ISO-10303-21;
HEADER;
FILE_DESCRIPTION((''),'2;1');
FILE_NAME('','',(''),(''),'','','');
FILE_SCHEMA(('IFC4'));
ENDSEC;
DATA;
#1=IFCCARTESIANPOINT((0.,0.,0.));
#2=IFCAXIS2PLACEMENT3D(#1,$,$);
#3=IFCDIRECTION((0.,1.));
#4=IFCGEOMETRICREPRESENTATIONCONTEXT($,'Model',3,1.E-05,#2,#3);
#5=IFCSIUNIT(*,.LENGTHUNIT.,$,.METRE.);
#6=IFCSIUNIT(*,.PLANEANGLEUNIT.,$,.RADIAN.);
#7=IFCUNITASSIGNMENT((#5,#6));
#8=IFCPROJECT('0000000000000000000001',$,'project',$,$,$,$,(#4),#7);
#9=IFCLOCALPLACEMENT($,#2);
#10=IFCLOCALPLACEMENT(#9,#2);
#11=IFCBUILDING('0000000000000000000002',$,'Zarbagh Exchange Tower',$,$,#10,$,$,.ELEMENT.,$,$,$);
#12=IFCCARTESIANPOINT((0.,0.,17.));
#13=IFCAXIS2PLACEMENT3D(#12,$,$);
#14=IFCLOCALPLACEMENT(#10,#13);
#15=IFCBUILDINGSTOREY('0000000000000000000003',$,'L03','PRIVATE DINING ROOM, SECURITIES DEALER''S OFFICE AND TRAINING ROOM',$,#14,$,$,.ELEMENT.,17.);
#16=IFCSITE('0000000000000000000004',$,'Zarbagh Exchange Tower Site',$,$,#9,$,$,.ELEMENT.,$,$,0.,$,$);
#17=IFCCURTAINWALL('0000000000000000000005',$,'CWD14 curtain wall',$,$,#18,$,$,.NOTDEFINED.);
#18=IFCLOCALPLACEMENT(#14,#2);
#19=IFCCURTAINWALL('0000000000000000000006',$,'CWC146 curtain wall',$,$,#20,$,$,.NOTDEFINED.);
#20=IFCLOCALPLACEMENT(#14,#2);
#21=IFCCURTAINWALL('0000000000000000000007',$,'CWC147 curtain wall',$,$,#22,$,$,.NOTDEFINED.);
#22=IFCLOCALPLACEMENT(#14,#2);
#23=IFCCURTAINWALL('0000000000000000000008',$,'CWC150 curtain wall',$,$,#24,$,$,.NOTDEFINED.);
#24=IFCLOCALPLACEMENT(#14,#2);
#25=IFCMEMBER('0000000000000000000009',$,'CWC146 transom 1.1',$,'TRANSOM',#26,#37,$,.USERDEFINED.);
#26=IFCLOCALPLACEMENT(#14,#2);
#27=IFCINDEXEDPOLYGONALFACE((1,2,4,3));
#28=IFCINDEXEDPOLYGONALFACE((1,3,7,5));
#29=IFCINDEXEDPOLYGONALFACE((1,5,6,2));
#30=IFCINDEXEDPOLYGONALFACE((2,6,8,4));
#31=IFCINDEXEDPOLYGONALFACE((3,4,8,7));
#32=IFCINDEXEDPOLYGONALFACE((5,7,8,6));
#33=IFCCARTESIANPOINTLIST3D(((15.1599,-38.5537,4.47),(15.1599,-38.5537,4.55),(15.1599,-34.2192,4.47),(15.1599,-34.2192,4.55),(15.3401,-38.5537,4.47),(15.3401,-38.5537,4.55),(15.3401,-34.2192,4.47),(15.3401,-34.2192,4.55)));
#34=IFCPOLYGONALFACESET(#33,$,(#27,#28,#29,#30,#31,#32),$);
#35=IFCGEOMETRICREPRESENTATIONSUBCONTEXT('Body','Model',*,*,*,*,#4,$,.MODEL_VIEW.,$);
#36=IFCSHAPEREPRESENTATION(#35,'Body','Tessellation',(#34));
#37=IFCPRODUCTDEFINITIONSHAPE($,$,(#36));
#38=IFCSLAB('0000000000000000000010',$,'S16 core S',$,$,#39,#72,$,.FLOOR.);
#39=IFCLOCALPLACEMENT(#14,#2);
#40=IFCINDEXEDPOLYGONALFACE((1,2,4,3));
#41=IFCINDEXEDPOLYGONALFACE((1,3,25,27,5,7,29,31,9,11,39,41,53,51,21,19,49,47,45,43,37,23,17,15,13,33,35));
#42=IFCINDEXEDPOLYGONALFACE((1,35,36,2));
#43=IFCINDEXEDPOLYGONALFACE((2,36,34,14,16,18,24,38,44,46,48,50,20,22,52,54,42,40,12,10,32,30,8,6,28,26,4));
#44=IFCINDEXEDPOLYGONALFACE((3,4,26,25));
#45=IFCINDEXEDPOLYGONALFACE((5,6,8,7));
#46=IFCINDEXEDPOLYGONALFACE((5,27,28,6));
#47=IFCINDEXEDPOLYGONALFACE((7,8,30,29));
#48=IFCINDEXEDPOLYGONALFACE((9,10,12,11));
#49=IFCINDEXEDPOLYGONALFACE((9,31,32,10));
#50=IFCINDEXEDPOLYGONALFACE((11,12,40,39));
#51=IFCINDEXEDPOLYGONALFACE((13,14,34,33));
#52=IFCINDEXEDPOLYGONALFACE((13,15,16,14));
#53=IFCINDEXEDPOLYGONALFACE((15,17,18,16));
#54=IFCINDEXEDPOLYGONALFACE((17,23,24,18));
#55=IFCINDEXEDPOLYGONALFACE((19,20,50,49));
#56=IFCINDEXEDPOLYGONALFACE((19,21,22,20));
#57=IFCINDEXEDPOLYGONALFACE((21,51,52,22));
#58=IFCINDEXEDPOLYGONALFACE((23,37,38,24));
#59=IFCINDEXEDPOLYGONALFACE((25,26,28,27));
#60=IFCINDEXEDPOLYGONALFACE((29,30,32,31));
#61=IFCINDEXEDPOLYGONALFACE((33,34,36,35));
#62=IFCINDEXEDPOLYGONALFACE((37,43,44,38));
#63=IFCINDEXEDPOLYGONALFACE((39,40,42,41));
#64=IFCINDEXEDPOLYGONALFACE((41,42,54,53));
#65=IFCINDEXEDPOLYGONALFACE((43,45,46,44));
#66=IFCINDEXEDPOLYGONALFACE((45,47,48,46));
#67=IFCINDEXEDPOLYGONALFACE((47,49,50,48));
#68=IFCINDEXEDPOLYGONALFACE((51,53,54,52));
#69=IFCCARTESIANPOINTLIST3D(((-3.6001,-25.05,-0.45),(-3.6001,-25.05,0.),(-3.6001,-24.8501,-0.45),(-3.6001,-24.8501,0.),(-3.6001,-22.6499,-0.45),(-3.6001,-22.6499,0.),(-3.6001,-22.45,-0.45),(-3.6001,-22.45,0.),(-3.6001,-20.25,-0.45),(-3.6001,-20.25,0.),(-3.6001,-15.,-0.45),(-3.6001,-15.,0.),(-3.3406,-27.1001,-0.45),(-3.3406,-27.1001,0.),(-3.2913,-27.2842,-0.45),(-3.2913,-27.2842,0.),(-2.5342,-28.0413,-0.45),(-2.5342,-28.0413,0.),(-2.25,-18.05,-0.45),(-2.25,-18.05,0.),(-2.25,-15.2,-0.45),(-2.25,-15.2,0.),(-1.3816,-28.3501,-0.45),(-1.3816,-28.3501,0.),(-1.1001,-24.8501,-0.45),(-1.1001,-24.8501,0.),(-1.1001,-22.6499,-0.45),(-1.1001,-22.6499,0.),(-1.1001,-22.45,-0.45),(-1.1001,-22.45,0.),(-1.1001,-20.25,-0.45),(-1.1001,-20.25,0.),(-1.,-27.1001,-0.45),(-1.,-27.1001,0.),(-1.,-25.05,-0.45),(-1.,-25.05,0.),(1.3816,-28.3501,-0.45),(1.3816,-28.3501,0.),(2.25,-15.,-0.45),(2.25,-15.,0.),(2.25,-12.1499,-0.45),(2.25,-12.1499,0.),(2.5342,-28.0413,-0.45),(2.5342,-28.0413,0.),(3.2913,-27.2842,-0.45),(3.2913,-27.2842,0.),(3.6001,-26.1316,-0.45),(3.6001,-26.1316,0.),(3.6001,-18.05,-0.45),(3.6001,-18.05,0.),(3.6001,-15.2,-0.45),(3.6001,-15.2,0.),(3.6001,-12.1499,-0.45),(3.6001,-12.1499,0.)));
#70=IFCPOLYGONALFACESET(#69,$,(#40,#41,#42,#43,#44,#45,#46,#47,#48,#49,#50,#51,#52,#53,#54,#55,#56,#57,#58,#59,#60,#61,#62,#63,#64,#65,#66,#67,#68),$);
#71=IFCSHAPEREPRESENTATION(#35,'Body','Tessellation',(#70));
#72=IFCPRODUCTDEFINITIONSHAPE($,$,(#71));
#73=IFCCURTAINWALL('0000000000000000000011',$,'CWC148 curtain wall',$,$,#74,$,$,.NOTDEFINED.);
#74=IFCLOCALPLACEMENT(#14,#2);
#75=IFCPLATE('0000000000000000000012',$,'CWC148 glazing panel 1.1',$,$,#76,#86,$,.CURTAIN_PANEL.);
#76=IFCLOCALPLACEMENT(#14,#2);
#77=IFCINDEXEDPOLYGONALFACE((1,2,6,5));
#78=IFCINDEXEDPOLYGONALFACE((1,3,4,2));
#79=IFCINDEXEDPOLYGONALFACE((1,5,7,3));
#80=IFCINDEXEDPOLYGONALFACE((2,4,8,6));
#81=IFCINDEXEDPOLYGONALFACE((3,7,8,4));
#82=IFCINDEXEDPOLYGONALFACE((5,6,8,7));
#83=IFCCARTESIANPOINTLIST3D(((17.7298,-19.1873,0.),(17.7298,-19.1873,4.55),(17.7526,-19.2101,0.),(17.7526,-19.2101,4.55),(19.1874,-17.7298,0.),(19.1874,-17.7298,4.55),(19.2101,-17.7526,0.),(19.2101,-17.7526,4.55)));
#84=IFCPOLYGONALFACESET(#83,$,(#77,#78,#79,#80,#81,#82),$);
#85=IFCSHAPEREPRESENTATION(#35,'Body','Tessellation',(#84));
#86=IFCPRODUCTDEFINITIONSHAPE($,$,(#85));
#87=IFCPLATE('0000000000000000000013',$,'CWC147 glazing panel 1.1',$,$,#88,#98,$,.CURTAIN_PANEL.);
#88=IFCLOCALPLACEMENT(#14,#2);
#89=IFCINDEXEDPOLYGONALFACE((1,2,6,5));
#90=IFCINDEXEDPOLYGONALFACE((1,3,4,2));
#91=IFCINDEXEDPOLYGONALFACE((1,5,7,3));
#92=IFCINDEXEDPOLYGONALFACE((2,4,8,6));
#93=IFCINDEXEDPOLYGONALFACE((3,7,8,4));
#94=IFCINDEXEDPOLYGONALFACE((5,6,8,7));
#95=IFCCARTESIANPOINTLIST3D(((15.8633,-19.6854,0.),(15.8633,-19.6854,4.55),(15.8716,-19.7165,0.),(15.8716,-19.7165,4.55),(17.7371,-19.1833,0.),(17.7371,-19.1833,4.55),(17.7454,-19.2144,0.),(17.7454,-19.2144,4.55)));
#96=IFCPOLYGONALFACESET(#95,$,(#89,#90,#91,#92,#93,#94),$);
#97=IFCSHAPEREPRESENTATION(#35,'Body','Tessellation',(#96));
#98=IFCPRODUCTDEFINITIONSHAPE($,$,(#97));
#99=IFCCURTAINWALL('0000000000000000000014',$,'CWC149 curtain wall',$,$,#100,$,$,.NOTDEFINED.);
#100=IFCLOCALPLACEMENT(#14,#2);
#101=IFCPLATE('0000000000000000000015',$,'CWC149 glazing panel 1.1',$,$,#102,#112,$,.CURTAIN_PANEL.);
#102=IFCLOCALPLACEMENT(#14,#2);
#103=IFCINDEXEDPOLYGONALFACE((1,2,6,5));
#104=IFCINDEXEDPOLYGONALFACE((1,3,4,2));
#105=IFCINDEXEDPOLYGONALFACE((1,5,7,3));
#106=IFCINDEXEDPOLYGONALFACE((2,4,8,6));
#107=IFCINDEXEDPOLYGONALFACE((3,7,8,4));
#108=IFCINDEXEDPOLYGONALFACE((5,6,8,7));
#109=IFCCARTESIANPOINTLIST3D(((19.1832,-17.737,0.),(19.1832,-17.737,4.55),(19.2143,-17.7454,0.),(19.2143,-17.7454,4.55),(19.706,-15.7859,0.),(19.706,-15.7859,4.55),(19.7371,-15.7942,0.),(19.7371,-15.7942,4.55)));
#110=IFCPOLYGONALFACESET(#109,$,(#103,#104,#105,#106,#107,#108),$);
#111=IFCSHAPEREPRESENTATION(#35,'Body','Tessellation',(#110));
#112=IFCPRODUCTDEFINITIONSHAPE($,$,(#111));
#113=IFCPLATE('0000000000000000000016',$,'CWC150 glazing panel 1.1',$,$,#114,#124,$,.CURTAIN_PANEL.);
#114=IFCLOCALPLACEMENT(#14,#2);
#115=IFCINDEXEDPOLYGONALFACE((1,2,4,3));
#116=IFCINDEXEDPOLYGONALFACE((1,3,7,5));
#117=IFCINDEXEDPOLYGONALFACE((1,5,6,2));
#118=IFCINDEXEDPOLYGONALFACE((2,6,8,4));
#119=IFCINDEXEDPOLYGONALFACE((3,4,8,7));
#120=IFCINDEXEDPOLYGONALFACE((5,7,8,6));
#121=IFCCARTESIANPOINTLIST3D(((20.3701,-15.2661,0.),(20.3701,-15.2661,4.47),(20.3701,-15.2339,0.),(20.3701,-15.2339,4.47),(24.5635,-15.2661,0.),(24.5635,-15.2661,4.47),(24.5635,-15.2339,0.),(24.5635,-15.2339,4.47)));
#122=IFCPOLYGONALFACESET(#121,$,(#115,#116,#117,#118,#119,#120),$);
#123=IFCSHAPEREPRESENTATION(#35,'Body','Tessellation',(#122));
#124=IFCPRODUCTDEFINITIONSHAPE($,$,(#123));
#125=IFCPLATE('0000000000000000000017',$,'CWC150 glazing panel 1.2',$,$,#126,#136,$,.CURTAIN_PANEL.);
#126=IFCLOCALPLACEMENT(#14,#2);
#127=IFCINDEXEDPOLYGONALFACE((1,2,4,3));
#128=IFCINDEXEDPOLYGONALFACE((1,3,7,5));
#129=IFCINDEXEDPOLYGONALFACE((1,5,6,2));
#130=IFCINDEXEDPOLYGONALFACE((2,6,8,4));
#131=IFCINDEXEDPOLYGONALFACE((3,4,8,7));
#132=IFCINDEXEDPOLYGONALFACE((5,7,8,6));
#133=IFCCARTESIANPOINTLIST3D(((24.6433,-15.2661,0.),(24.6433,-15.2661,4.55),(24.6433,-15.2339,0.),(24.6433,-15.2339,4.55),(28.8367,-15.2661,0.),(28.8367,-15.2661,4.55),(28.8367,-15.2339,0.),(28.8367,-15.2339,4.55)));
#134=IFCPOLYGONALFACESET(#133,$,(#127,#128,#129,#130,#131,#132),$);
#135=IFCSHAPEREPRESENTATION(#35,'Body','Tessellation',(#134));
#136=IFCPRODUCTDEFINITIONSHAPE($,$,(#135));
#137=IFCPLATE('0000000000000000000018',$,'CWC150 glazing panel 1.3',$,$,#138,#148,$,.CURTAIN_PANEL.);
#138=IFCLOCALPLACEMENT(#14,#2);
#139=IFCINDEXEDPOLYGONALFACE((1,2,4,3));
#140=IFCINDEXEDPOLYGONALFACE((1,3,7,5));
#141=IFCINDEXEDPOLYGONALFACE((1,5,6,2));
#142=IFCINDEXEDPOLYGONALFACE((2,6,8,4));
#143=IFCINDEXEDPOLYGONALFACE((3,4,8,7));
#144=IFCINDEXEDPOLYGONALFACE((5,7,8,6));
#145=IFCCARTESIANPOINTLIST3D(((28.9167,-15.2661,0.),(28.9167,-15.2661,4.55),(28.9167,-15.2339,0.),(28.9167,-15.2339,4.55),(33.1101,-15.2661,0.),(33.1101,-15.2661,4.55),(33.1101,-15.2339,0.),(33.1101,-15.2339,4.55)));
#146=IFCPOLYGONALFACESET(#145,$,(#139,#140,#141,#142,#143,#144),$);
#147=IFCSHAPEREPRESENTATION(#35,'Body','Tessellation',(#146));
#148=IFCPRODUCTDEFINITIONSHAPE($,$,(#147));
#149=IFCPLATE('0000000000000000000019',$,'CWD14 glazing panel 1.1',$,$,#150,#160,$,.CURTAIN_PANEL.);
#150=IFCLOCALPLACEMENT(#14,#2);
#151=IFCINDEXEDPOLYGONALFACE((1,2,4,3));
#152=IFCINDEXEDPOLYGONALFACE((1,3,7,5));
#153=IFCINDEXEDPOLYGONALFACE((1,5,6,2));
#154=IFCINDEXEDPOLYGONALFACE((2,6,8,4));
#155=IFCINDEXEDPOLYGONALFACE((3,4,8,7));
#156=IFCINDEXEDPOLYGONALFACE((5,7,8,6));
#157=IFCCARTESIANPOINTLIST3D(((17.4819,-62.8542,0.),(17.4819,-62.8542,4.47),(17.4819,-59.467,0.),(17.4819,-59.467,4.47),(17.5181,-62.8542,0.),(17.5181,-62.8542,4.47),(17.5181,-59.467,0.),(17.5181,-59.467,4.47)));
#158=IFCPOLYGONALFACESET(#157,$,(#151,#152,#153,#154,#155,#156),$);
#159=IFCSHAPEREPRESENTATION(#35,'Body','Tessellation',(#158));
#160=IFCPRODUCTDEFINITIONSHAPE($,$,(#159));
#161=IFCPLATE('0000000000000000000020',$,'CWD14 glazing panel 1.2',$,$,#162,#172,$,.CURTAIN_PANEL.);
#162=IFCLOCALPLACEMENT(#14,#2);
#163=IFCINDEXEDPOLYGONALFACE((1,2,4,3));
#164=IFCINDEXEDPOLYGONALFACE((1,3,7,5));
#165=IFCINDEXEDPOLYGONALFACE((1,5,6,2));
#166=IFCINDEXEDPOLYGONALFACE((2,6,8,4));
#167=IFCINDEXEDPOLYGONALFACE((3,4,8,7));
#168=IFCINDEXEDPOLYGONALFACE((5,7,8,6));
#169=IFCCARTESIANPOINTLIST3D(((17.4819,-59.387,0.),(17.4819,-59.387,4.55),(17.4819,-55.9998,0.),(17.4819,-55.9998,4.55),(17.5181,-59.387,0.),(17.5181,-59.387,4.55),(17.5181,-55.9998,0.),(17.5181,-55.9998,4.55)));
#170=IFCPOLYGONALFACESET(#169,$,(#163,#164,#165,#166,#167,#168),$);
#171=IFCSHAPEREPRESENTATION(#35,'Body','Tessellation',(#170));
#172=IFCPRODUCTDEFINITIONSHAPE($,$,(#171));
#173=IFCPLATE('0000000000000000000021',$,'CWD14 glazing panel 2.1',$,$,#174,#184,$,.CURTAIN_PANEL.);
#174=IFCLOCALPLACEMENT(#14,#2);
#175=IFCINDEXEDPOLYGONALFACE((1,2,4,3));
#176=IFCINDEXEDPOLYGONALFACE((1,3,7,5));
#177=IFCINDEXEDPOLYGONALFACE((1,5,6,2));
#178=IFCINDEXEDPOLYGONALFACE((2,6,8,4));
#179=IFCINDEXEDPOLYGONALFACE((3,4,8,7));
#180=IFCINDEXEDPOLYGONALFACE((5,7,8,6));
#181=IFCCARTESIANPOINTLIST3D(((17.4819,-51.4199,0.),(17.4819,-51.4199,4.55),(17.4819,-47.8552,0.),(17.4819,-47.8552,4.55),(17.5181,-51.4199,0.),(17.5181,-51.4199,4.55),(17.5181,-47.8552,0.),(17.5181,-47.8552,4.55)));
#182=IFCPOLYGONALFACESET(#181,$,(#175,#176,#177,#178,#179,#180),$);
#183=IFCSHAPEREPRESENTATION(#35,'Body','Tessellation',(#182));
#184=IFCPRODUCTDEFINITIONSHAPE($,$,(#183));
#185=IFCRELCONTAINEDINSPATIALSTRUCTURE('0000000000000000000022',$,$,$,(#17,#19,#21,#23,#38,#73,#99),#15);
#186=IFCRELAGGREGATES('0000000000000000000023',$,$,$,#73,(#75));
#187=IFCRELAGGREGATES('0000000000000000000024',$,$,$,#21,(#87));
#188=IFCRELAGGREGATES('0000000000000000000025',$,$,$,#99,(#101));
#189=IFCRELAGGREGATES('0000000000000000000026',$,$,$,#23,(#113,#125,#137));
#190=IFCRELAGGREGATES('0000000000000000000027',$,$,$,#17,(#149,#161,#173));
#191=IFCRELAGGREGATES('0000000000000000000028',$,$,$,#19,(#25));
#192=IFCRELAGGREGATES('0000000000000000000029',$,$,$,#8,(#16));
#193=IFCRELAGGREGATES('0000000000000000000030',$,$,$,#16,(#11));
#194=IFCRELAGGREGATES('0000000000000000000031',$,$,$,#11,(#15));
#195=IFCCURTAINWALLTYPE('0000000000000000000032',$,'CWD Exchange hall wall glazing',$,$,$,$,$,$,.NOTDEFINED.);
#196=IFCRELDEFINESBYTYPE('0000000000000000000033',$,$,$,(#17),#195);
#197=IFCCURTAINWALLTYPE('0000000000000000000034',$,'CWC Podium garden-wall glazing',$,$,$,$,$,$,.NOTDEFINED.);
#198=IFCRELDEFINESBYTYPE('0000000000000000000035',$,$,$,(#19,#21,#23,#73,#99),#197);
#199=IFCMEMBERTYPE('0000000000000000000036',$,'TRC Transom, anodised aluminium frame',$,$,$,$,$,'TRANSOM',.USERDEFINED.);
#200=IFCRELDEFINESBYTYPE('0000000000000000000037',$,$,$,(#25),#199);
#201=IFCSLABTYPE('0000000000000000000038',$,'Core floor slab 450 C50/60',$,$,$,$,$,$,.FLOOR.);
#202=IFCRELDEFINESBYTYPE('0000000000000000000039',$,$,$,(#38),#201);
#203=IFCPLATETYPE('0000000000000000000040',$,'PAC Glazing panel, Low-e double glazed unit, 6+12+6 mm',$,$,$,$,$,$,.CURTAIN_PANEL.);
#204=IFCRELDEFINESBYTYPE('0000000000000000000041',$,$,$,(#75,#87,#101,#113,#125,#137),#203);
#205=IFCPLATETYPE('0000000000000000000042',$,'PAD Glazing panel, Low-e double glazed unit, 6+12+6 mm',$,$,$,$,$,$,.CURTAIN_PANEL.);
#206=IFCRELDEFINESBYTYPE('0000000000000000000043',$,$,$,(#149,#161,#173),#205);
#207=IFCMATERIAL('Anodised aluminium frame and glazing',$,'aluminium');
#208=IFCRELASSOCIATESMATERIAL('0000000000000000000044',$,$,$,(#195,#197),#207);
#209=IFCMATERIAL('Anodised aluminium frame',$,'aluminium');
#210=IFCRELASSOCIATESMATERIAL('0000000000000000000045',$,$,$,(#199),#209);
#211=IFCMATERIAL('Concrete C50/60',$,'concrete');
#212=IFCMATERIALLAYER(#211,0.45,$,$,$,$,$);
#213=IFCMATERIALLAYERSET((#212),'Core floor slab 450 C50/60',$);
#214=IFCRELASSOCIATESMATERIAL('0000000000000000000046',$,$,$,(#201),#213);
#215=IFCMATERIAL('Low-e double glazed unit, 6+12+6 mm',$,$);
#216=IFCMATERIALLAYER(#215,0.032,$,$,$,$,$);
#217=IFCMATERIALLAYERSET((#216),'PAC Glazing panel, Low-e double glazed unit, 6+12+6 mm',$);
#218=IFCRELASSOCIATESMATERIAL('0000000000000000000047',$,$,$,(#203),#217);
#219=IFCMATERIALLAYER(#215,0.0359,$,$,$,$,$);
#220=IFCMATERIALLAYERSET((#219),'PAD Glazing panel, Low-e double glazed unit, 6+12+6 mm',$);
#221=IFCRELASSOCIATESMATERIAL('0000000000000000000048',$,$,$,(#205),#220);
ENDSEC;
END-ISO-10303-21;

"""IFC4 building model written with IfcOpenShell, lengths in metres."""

from ifc_helpers import new_model, si_unit, direction, frame, origin, place, context, subcontext, project, spatial, polyline, outline, extrude, source, transform, mapped, material, layer, layer_set, type_object, element, aggregate, save


model = new_model("IFC4")

# Units and contexts
model_context = context("Model", 3, precision=1e-05, world=origin(), true_north=direction((0.0, 1.0)))
body_context = subcontext(model_context, "Body", "Model", "MODEL_VIEW")
ifc_project = project(units=[si_unit("LENGTHUNIT", "METRE"), si_unit("PLANEANGLEUNIT", "RADIAN")], contexts=[model_context])

# Site, building, storey
site_placement = place(None, origin())
site = spatial("IfcSite", under=ifc_project, at=site_placement, Name="Zarbagh Exchange Tower Site", CompositionType="ELEMENT", RefElevation=0.0)
building_placement = place(site_placement, origin())
building = spatial("IfcBuilding", under=site, at=building_placement, Name="Zarbagh Exchange Tower", CompositionType="ELEMENT")
storey_placement = place(building_placement, frame((0.0, 0.0, 17.0)))
storey = spatial("IfcBuildingStorey", under=building, at=storey_placement, Name="L03", Description="PRIVATE DINING ROOM, SECURITIES DEALER'S OFFICE AND TRAINING ROOM", CompositionType="ELEMENT", Elevation=17.0)

# Curtain wall
ifc_material_1 = material(Name="Anodised aluminium frame and glazing", Category="aluminium")
curtain_wall_type_1 = type_object("IfcCurtainWallType", Name="CWD Exchange hall wall glazing", PredefinedType="NOTDEFINED", material=ifc_material_1)
curtain_wall_1_placement = place(storey_placement, origin())
curtain_wall_1 = element("IfcCurtainWall", 1, at=curtain_wall_1_placement, inside=storey, type_object=curtain_wall_type_1, Name="CWD14 curtain wall", PredefinedType="NOTDEFINED")
ifc_material_2 = material(Name="Anodised aluminium frame", Category="aluminium")
placement = place(storey_placement, origin())

# Curtain wall
curtain_wall_type_2 = type_object("IfcCurtainWallType", Name="CWC Podium garden-wall glazing", PredefinedType="NOTDEFINED", material=ifc_material_1)
curtain_wall_2_placement = place(storey_placement, origin())
curtain_wall_2 = element("IfcCurtainWall", 2, at=curtain_wall_2_placement, inside=storey, type_object=curtain_wall_type_2, Name="CWC146 curtain wall", PredefinedType="NOTDEFINED")

# Curtain wall
curtain_wall_3_placement = place(storey_placement, origin())
curtain_wall_3 = element("IfcCurtainWall", 3, at=curtain_wall_3_placement, inside=storey, type_object=curtain_wall_type_2, Name="CWC147 curtain wall", PredefinedType="NOTDEFINED")

# Curtain wall
curtain_wall_4_placement = place(storey_placement, origin())
curtain_wall_4 = element("IfcCurtainWall", 4, at=curtain_wall_4_placement, inside=storey, type_object=curtain_wall_type_2, Name="CWC150 curtain wall", PredefinedType="NOTDEFINED")
member_type_1 = type_object("IfcMemberType", Name="TRC Transom, anodised aluminium frame", ElementType="TRANSOM", PredefinedType="USERDEFINED", material=ifc_material_2)

# Member
shared_shape_1 = source(origin(), body_context, "Body", "SweptSolid", [
    extrude(outline(polyline([(-0.0801, -0.0901), (0.0, -0.0901), (0.0, 0.0901), (-0.0801, 0.0901), (-0.0801, -0.0901)])), origin(), (0.0, 0.0, 1.0), 4.3345),
])
member_1 = element("IfcMember", 5, at=placement, type_object=member_type_1, Name="CWC146 transom 1.1", ObjectType="TRANSOM", PredefinedType="USERDEFINED", context=body_context, shape_type="MappedRepresentation", body=[
    mapped(shared_shape_1, transform((15.25, -38.5537, 4.55), x_axis=(0.0, 0.0, 1.0), y_axis=(1.0, 0.0, 0.0), z_axis=(0.0, 1.0, 0.0))),
])

# Slab
ifc_material_3 = material(Name="Concrete C50/60", Category="concrete")
ifc_layer_1 = layer(ifc_material_3, 0.45)
ifc_layer_set_1 = layer_set([ifc_layer_1], Name="Core floor slab 450 C50/60")
slab_type = type_object("IfcSlabType", Name="Core floor slab 450 C50/60", PredefinedType="FLOOR", material=ifc_layer_set_1)
slab_placement = place(storey_placement, frame((0.0, 0.0, -0.45)))
element("IfcSlab", 6, at=slab_placement, inside=storey, type_object=slab_type, Name="S16 core S", PredefinedType="FLOOR", context=body_context, shape_type="SweptSolid", body=[
    extrude(outline(polyline([(-2.5342, -28.0413), (-3.2913, -27.2842), (-3.3406, -27.1001), (-1.0, -27.1001), (-1.0, -25.05), (-3.6001, -25.05), (-3.6001, -24.8501), (-1.1001, -24.8501), (-1.1001, -22.6499), (-3.6001, -22.6499), (-3.6001, -22.45), (-1.1001, -22.45), (-1.1001, -20.25), (-3.6001, -20.25), (-3.6001, -15.0), (2.25, -15.0), (2.25, -12.1499), (3.6001, -12.1499), (3.6001, -15.2), (-2.25, -15.2), (-2.25, -18.05), (3.6001, -18.05), (3.6001, -26.1316), (3.2913, -27.2842), (2.5342, -28.0413), (1.3816, -28.3501), (-1.3816, -28.3501), (-2.5342, -28.0413)])), origin(), (0.0, 0.0, 1.0), 0.45),
])

# Curtain wall, plate
curtain_wall_5_placement = place(storey_placement, origin())
curtain_wall_5 = element("IfcCurtainWall", 7, at=curtain_wall_5_placement, inside=storey, type_object=curtain_wall_type_2, Name="CWC148 curtain wall", PredefinedType="NOTDEFINED")
ifc_material_4 = material(Name="Low-e double glazed unit, 6+12+6 mm")
ifc_layer_2 = layer(ifc_material_4, 0.032)
ifc_layer_set_2 = layer_set([ifc_layer_2], Name="PAC Glazing panel, Low-e double glazed unit, 6+12+6 mm")
plate_type_1 = type_object("IfcPlateType", Name="PAC Glazing panel, Low-e double glazed unit, 6+12+6 mm", PredefinedType="CURTAIN_PANEL", material=ifc_layer_set_2)
shared_shape_2 = source(origin(), body_context, "Body", "SweptSolid", [
    extrude(outline(polyline([(0.0, -0.0161), (2.0613, -0.0161), (2.0613, 0.0161), (0.0, 0.0161), (0.0, -0.0161)])), origin(), (0.0, 0.0, 1.0), 4.55),
])
plate_1 = element("IfcPlate", 8, at=placement, type_object=plate_type_1, Name="CWC148 glazing panel 1.1", PredefinedType="CURTAIN_PANEL", context=body_context, shape_type="MappedRepresentation", body=[
    mapped(shared_shape_2, transform((17.7412, -19.1987, 0.0), x_axis=(0.707107, 0.707107, 0.0), y_axis=(-0.707107, 0.707107, 0.0), z_axis=(0.0, 0.0, 1.0))),
])
aggregate(curtain_wall_5, [plate_1])

# Plate
shared_shape_3 = source(origin(), body_context, "Body", "SweptSolid", [
    extrude(outline(polyline([(0.0, -0.0161), (1.9399, -0.0161), (1.9399, 0.0161), (0.0, 0.0161), (0.0, -0.0161)])), origin(), (0.0, 0.0, 1.0), 4.55),
])
plate_2 = element("IfcPlate", 9, at=placement, type_object=plate_type_1, Name="CWC147 glazing panel 1.1", PredefinedType="CURTAIN_PANEL", context=body_context, shape_type="MappedRepresentation", body=[
    mapped(shared_shape_3, transform((15.8674, -19.7009, 0.0), x_axis=(0.965924, 0.258825, 0.0), y_axis=(-0.258825, 0.965924, 0.0), z_axis=(0.0, 0.0, 1.0))),
])
aggregate(curtain_wall_3, [plate_2])

# Curtain wall, plate
curtain_wall_6_placement = place(storey_placement, origin())
curtain_wall_6 = element("IfcCurtainWall", 10, at=curtain_wall_6_placement, inside=storey, type_object=curtain_wall_type_2, Name="CWC149 curtain wall", PredefinedType="NOTDEFINED")
shared_shape_4 = source(origin(), body_context, "Body", "SweptSolid", [
    extrude(outline(polyline([(0.0, -0.0161), (2.02, -0.0161), (2.02, 0.0161), (0.0, 0.0161), (0.0, -0.0161)])), origin(), (0.0, 0.0, 1.0), 4.55),
])
plate_3 = element("IfcPlate", 11, at=placement, type_object=plate_type_1, Name="CWC149 glazing panel 1.1", PredefinedType="CURTAIN_PANEL", context=body_context, shape_type="MappedRepresentation", body=[
    mapped(shared_shape_4, transform((19.1987, -17.7412, 0.0), x_axis=(0.258825, 0.965924, 0.0), y_axis=(-0.965924, 0.258825, 0.0), z_axis=(0.0, 0.0, 1.0))),
])
aggregate(curtain_wall_6, [plate_3])

# Plates
shared_shape_5 = source(origin(), body_context, "Body", "SweptSolid", [
    extrude(outline(polyline([(0.0, -0.0161), (4.1934, -0.0161), (4.1934, 0.0161), (0.0, 0.0161), (0.0, -0.0161)])), origin(), (0.0, 0.0, 1.0), 4.47),
])
plate_4 = element("IfcPlate", 12, at=placement, type_object=plate_type_1, Name="CWC150 glazing panel 1.1", PredefinedType="CURTAIN_PANEL", context=body_context, shape_type="MappedRepresentation", body=[
    mapped(shared_shape_5, transform((20.3701, -15.25, 0.0), x_axis=(1.0, 0.0, 0.0), y_axis=(0.0, 1.0, 0.0), z_axis=(0.0, 0.0, 1.0))),
])
shared_shape_6 = source(origin(), body_context, "Body", "SweptSolid", [
    extrude(outline(polyline([(0.0, -0.0161), (4.1934, -0.0161), (4.1934, 0.0161), (0.0, 0.0161), (0.0, -0.0161)])), origin(), (0.0, 0.0, 1.0), 4.55),
])
plate_5 = element("IfcPlate", 13, at=placement, type_object=plate_type_1, Name="CWC150 glazing panel 1.2", PredefinedType="CURTAIN_PANEL", context=body_context, shape_type="MappedRepresentation", body=[
    mapped(shared_shape_6, transform((24.6433, -15.25, 0.0), x_axis=(1.0, 0.0, 0.0), y_axis=(0.0, 1.0, 0.0), z_axis=(0.0, 0.0, 1.0))),
])
plate_6 = element("IfcPlate", 14, at=placement, type_object=plate_type_1, Name="CWC150 glazing panel 1.3", PredefinedType="CURTAIN_PANEL", context=body_context, shape_type="MappedRepresentation", body=[
    mapped(shared_shape_6, transform((28.9167, -15.25, 0.0), x_axis=(1.0, 0.0, 0.0), y_axis=(0.0, 1.0, 0.0), z_axis=(0.0, 0.0, 1.0))),
])
aggregate(curtain_wall_4, [plate_4, plate_5, plate_6])
ifc_layer_3 = layer(ifc_material_4, 0.0359)
ifc_layer_set_3 = layer_set([ifc_layer_3], Name="PAD Glazing panel, Low-e double glazed unit, 6+12+6 mm")
plate_type_2 = type_object("IfcPlateType", Name="PAD Glazing panel, Low-e double glazed unit, 6+12+6 mm", PredefinedType="CURTAIN_PANEL", material=ifc_layer_set_3)
shared_shape_7 = source(origin(), body_context, "Body", "SweptSolid", [
    extrude(outline(polyline([(0.0, -0.0181), (3.3872, -0.0181), (3.3872, 0.0181), (0.0, 0.0181), (0.0, -0.0181)])), origin(), (0.0, 0.0, 1.0), 4.47),
])
plate_7 = element("IfcPlate", 15, at=placement, type_object=plate_type_2, Name="CWD14 glazing panel 1.1", PredefinedType="CURTAIN_PANEL", context=body_context, shape_type="MappedRepresentation", body=[
    mapped(shared_shape_7, transform((17.5, -62.8542, 0.0), x_axis=(0.0, 1.0, 0.0), y_axis=(-1.0, 0.0, 0.0), z_axis=(0.0, 0.0, 1.0))),
])
shared_shape_8 = source(origin(), body_context, "Body", "SweptSolid", [
    extrude(outline(polyline([(0.0, -0.0181), (3.3872, -0.0181), (3.3872, 0.0181), (0.0, 0.0181), (0.0, -0.0181)])), origin(), (0.0, 0.0, 1.0), 4.55),
])
plate_8 = element("IfcPlate", 16, at=placement, type_object=plate_type_2, Name="CWD14 glazing panel 1.2", PredefinedType="CURTAIN_PANEL", context=body_context, shape_type="MappedRepresentation", body=[
    mapped(shared_shape_8, transform((17.5, -59.387, 0.0), x_axis=(0.0, 1.0, 0.0), y_axis=(-1.0, 0.0, 0.0), z_axis=(0.0, 0.0, 1.0))),
])
shared_shape_9 = source(origin(), body_context, "Body", "SweptSolid", [
    extrude(outline(polyline([(0.0, -0.0181), (3.5647, -0.0181), (3.5647, 0.0181), (0.0, 0.0181), (0.0, -0.0181)])), origin(), (0.0, 0.0, 1.0), 4.55),
])
plate_9 = element("IfcPlate", 17, at=placement, type_object=plate_type_2, Name="CWD14 glazing panel 2.1", PredefinedType="CURTAIN_PANEL", context=body_context, shape_type="MappedRepresentation", body=[
    mapped(shared_shape_9, transform((17.5, -51.4199, 0.0), x_axis=(0.0, 1.0, 0.0), y_axis=(-1.0, 0.0, 0.0), z_axis=(0.0, 0.0, 1.0))),
])
aggregate(curtain_wall_1, [plate_7, plate_8, plate_9])

aggregate(curtain_wall_2, [member_1])

save(model, "model.ifc")
